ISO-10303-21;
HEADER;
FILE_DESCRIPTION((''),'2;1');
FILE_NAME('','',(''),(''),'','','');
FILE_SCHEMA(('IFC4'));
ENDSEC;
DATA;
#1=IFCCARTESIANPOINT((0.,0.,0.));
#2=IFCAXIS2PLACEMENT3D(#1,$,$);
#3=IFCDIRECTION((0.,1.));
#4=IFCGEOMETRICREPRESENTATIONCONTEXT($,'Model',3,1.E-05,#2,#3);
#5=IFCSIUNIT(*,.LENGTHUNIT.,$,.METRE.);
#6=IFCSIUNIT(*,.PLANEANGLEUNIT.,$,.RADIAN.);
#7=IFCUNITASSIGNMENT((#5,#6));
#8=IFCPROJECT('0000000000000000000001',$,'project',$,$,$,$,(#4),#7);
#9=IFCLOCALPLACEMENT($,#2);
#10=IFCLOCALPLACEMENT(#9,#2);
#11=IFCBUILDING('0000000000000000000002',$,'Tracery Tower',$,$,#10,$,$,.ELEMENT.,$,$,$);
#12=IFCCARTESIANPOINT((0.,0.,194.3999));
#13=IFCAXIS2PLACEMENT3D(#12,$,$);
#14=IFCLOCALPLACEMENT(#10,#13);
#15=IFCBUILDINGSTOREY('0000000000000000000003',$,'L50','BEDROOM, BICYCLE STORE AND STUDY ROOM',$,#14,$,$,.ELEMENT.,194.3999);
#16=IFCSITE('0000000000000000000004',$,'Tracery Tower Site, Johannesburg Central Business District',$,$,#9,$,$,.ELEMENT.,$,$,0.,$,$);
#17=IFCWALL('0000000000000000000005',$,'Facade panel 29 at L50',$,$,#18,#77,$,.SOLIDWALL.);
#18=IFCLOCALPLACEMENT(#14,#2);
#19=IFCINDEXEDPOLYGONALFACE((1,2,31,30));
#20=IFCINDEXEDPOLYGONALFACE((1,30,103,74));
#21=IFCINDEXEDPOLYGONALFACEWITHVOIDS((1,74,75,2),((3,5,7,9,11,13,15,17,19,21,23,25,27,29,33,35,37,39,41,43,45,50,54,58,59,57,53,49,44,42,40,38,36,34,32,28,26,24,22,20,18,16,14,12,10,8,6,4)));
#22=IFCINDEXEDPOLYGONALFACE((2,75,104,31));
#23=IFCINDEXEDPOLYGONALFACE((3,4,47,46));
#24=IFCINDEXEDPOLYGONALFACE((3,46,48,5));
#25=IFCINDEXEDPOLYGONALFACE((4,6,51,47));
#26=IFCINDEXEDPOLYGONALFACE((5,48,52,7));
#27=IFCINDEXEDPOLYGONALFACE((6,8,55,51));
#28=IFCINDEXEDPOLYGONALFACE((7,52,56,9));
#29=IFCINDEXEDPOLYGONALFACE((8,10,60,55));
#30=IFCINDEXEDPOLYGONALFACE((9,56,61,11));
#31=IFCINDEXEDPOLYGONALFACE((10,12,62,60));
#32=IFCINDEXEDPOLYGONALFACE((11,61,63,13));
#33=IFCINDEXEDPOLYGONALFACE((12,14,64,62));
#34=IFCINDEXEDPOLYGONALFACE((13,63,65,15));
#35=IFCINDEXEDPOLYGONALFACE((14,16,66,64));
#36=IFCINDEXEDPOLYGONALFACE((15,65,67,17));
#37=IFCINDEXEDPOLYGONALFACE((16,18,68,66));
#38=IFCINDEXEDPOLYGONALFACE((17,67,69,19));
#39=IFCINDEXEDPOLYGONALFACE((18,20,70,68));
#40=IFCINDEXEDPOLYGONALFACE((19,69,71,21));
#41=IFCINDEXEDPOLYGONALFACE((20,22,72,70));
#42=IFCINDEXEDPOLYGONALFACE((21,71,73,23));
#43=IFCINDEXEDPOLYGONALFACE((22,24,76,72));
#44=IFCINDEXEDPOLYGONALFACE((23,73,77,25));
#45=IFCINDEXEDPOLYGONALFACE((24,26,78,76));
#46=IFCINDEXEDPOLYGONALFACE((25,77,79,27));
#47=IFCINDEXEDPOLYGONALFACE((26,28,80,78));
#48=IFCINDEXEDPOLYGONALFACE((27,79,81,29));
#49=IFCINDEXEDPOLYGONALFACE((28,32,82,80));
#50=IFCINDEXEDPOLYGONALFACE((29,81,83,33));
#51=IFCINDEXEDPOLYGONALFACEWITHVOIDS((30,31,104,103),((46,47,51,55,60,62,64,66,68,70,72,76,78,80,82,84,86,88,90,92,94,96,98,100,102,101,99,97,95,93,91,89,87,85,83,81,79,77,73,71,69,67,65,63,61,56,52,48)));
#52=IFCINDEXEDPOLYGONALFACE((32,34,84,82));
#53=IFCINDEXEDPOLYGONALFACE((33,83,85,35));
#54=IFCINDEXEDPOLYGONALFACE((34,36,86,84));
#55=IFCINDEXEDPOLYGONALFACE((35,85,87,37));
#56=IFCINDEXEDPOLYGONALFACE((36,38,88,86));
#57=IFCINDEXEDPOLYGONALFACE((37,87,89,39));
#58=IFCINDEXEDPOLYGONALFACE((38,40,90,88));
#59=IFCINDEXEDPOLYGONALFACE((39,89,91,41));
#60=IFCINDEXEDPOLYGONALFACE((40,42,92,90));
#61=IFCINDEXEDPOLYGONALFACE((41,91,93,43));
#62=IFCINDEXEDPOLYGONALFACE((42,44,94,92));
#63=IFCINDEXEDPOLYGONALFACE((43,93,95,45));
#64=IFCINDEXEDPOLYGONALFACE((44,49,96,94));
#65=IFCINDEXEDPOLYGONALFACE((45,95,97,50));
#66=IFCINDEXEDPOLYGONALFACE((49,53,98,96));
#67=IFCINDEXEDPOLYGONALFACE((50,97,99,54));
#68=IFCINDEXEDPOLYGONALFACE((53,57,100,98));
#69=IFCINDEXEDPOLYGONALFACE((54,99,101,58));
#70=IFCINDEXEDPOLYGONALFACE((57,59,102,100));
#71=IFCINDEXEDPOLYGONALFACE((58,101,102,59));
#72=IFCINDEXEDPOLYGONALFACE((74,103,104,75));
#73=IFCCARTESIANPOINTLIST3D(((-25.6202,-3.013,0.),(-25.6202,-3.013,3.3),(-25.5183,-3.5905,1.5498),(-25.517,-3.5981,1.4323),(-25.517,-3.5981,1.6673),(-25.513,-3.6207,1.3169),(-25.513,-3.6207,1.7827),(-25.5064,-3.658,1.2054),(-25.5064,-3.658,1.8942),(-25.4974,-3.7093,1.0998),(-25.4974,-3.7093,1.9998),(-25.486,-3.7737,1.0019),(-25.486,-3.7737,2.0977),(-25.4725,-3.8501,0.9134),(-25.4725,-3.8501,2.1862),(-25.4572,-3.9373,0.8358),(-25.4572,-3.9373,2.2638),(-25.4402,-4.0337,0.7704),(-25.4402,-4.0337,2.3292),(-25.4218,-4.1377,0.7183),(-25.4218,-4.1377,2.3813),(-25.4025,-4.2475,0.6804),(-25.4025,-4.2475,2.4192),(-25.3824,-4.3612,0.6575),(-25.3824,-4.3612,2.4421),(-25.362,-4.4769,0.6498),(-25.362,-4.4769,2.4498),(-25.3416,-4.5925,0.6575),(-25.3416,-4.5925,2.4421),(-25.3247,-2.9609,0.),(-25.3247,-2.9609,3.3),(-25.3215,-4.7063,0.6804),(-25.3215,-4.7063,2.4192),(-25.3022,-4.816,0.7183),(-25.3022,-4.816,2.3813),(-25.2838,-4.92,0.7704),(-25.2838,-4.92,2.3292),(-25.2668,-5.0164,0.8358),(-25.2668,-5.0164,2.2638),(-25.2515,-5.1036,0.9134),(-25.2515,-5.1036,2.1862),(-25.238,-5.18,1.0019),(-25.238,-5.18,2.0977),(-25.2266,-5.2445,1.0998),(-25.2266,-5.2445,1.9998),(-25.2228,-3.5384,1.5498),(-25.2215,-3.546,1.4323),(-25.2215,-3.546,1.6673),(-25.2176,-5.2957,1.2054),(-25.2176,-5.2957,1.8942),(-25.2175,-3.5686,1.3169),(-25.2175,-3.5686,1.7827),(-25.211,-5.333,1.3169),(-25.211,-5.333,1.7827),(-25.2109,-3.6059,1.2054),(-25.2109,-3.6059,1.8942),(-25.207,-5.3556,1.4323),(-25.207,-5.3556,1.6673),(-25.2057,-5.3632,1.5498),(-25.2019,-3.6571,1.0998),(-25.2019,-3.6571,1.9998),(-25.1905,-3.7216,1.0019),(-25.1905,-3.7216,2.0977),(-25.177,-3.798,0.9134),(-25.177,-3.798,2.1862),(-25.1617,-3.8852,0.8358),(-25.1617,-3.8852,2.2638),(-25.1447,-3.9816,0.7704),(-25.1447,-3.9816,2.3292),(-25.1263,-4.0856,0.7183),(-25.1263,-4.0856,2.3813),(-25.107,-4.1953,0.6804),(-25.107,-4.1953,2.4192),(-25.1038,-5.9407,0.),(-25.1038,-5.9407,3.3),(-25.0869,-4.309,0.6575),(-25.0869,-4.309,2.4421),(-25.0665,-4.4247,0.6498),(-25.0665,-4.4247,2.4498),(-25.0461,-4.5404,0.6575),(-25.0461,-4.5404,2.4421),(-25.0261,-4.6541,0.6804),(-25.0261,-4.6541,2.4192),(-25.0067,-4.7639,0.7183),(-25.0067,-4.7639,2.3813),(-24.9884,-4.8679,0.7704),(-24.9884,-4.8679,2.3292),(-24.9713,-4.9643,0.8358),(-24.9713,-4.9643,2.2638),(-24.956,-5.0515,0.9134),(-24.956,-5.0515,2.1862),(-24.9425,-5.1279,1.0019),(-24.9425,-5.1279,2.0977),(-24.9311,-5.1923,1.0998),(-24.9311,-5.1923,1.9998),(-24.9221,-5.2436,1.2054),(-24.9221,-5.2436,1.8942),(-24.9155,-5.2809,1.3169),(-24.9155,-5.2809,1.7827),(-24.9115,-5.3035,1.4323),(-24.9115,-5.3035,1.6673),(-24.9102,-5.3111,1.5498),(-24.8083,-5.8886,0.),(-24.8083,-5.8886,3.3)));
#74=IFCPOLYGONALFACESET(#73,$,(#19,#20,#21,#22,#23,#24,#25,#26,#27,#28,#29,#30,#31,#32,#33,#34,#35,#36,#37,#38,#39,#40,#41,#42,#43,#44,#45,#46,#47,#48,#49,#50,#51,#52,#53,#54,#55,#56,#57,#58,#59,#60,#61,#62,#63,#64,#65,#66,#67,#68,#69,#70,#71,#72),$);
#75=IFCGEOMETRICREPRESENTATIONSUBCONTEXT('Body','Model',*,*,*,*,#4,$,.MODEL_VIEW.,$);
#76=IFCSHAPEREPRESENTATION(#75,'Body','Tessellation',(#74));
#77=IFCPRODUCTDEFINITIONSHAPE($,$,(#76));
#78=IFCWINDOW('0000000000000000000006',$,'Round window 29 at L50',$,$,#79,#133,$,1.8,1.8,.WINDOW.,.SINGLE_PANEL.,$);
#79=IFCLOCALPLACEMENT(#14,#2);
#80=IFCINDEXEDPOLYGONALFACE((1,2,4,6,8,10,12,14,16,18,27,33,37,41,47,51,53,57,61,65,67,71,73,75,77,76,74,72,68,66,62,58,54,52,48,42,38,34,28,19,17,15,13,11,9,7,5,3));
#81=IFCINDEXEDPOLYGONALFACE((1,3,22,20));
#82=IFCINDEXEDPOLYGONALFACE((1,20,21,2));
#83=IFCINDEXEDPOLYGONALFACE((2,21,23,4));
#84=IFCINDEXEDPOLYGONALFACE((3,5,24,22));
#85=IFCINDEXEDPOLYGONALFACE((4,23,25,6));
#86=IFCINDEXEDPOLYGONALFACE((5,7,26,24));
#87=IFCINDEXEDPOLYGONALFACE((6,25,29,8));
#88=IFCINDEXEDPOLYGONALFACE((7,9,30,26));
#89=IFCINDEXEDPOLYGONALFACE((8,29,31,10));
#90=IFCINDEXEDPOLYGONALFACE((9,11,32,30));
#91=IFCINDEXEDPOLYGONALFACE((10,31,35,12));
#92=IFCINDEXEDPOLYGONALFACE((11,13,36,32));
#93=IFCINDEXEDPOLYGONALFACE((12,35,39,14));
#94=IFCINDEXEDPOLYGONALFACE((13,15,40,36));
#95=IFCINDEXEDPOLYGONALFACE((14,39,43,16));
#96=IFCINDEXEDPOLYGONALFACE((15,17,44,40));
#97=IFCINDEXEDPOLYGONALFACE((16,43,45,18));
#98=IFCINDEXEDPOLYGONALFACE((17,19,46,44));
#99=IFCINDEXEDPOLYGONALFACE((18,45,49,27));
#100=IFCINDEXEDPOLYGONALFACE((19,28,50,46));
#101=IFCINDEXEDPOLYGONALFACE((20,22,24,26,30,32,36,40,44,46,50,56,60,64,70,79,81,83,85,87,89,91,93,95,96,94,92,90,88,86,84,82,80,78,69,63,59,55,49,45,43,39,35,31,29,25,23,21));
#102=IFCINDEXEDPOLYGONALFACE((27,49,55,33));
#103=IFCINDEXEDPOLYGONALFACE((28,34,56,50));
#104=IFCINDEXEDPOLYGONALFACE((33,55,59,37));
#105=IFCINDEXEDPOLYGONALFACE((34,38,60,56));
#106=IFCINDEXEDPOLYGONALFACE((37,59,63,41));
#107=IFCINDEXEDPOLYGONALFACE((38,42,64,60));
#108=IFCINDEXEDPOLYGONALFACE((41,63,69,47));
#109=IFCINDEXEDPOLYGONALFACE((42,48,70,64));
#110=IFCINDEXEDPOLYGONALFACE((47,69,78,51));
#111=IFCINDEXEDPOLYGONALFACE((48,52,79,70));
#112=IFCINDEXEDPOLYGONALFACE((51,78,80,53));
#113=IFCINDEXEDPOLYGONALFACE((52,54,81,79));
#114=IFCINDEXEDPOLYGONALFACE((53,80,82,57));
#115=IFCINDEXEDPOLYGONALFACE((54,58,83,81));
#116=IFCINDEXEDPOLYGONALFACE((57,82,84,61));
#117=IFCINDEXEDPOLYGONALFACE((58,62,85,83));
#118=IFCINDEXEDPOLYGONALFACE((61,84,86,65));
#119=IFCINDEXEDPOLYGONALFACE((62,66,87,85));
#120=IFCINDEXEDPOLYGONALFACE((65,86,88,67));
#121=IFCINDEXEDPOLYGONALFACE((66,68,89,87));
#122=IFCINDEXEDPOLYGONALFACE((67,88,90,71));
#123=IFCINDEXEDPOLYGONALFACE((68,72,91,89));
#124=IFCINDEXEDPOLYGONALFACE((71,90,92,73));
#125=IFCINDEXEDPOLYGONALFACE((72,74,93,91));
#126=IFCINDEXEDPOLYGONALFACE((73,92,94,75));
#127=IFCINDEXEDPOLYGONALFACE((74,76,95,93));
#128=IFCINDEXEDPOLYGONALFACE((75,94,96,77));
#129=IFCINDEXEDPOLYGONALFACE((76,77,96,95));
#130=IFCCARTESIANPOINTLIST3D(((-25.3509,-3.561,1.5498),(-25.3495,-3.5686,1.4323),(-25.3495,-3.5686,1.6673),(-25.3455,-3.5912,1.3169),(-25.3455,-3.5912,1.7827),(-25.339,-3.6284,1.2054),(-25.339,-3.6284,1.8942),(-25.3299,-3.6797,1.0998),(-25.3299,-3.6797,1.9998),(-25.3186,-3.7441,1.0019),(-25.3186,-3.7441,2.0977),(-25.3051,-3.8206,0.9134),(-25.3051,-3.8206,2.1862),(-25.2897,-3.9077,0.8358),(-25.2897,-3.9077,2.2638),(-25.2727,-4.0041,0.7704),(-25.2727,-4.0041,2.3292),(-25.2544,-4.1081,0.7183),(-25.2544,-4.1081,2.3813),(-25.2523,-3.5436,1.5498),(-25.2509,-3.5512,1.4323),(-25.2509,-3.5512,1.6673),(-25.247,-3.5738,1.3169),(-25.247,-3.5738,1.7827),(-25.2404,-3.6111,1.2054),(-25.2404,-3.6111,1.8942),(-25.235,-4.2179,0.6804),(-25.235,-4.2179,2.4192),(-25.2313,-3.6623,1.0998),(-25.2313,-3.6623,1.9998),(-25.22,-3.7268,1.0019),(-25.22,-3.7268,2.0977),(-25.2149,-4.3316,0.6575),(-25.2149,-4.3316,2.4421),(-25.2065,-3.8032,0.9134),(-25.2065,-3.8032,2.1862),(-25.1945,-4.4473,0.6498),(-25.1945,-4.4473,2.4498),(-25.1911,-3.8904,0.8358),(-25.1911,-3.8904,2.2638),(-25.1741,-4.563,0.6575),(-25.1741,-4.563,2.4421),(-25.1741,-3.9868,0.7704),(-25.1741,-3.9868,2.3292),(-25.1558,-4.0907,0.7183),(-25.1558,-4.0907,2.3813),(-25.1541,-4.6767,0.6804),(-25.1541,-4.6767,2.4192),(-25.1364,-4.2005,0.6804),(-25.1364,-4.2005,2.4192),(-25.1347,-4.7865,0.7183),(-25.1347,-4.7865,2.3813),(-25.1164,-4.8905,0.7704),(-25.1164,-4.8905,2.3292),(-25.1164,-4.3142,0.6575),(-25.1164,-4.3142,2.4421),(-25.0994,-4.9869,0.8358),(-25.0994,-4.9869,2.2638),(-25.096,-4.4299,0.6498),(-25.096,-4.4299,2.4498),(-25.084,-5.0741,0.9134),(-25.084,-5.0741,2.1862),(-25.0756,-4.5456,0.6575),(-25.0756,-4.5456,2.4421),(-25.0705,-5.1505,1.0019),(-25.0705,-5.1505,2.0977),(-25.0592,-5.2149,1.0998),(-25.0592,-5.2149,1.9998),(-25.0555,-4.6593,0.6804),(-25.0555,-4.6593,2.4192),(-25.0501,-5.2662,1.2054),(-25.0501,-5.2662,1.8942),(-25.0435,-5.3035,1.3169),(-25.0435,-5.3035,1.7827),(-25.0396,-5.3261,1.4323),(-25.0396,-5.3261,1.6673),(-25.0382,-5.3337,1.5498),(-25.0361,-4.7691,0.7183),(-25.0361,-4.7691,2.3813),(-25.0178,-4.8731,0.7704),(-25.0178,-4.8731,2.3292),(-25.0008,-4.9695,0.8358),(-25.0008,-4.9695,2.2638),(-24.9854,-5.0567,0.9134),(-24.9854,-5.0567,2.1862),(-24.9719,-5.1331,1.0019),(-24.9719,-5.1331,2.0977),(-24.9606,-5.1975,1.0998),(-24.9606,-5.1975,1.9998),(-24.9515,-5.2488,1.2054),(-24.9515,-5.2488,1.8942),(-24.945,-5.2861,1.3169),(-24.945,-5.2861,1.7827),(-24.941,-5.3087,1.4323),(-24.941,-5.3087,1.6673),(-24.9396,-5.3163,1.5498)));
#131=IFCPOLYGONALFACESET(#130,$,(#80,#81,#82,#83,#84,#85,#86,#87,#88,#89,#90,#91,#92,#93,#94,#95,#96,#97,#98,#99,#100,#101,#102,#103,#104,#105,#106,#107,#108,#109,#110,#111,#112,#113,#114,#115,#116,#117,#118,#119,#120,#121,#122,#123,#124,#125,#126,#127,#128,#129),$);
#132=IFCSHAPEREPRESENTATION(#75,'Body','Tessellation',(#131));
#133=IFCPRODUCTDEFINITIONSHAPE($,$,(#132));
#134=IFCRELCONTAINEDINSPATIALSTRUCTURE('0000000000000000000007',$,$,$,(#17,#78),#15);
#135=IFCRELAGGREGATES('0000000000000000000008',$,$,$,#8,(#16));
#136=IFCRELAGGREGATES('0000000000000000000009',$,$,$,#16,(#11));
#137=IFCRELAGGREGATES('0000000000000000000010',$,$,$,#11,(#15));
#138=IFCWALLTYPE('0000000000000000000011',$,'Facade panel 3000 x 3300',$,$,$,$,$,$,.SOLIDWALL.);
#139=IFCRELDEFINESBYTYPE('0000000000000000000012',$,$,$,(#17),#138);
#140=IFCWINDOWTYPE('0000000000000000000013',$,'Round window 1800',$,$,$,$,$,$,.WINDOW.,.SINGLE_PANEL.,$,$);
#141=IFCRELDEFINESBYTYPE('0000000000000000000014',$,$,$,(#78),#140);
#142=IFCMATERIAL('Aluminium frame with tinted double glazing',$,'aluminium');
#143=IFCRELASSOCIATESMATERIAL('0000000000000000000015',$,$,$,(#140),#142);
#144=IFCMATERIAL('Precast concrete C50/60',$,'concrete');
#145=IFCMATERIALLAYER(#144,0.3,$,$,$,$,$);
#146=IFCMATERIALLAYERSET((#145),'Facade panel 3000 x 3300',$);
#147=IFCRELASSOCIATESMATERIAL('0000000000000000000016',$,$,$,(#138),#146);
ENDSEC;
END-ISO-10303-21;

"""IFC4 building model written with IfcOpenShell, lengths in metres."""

from ifc_helpers import new_model, si_unit, direction, frame, frame_2d, origin, origin_2d, place, context, subcontext, project, spatial, rectangle, circle, extrude, material, layer, layer_set, type_object, element, fill, save


model = new_model("IFC4")

# Units and contexts
model_context = context("Model", 3, precision=1e-05, world=origin(), true_north=direction((0.0, 1.0)))
body_context = subcontext(model_context, "Body", "Model", "MODEL_VIEW")
ifc_project = project(units=[si_unit("LENGTHUNIT", "METRE"), si_unit("PLANEANGLEUNIT", "RADIAN")], contexts=[model_context])

# Site, building, storey
site_placement = place(None, origin())
site = spatial("IfcSite", under=ifc_project, at=site_placement, Name="Tracery Tower Site, Johannesburg Central Business District", CompositionType="ELEMENT", RefElevation=0.0)
building_placement = place(site_placement, origin())
building = spatial("IfcBuilding", under=site, at=building_placement, Name="Tracery Tower", CompositionType="ELEMENT")
storey_placement = place(building_placement, frame((0.0, 0.0, 194.3999)))
storey = spatial("IfcBuildingStorey", under=building, at=storey_placement, Name="L50", Description="BEDROOM, BICYCLE STORE AND STUDY ROOM", CompositionType="ELEMENT", Elevation=194.3999)

# Wall, opening, window
ifc_material_1 = material(Name="Aluminium frame with tinted double glazing", Category="aluminium")
window_type = type_object("IfcWindowType", Name="Round window 1800", PartitioningType="SINGLE_PANEL", PredefinedType="WINDOW", material=ifc_material_1)
ifc_material_2 = material(Name="Precast concrete C50/60", Category="concrete")
ifc_layer_1 = layer(ifc_material_2, 0.3)
ifc_layer_set_1 = layer_set([ifc_layer_1], Name="Facade panel 3000 x 3300")
wall_type_1 = type_object("IfcWallType", Name="Facade panel 3000 x 3300", PredefinedType="SOLIDWALL", material=ifc_layer_set_1)
wall_1_placement = place(storey_placement, frame((-25.4724, -2.9871, 0.0), z_axis=(0.0, 0.0, 1.0), x_axis=(0.173687, -0.984801, 0.0)))
wall_1 = element("IfcWall", 1, at=wall_1_placement, inside=storey, type_object=wall_type_1, Name="Facade panel 29 at L50", PredefinedType="SOLIDWALL", context=body_context, shape_type="SweptSolid", body=[
    extrude(rectangle(XDim=2.9729, YDim=0.3, at=frame_2d((1.4863, 0.0))), origin(), (0.0, 0.0, 1.0), 3.3),
])
opening_1_placement = place(wall_1_placement, frame((1.4863, 0.0, 1.5498)))
opening_1 = element("IfcOpeningElement", 2, at=opening_1_placement, cuts=wall_1, PredefinedType="OPENING", context=body_context, shape_type="SweptSolid", body=[
    extrude(circle(Radius=0.9, at=origin_2d()), frame((0.0, 0.1599, 0.0), z_axis=(0.0, -1.0, 0.0), x_axis=(1.0, 0.0, 0.0)), (0.0, 0.0, 1.0), 0.3201),
])
window_1_placement = place(opening_1_placement, origin())
window_1 = element("IfcWindow", 3, at=window_1_placement, inside=storey, type_object=window_type, Name="Round window 29 at L50", OverallHeight=1.8, OverallWidth=1.8, PartitioningType="SINGLE_PANEL", PredefinedType="WINDOW", context=body_context, shape_type="SweptSolid", body=[
    extrude(circle(Radius=0.9, at=origin_2d()), frame((0.0, 0.1201, 0.0), z_axis=(0.0, -1.0, 0.0), x_axis=(1.0, 0.0, 0.0)), (0.0, 0.0, 1.0), 0.1001),
])
fill(opening_1, window_1)

save(model, "model.ifc")
